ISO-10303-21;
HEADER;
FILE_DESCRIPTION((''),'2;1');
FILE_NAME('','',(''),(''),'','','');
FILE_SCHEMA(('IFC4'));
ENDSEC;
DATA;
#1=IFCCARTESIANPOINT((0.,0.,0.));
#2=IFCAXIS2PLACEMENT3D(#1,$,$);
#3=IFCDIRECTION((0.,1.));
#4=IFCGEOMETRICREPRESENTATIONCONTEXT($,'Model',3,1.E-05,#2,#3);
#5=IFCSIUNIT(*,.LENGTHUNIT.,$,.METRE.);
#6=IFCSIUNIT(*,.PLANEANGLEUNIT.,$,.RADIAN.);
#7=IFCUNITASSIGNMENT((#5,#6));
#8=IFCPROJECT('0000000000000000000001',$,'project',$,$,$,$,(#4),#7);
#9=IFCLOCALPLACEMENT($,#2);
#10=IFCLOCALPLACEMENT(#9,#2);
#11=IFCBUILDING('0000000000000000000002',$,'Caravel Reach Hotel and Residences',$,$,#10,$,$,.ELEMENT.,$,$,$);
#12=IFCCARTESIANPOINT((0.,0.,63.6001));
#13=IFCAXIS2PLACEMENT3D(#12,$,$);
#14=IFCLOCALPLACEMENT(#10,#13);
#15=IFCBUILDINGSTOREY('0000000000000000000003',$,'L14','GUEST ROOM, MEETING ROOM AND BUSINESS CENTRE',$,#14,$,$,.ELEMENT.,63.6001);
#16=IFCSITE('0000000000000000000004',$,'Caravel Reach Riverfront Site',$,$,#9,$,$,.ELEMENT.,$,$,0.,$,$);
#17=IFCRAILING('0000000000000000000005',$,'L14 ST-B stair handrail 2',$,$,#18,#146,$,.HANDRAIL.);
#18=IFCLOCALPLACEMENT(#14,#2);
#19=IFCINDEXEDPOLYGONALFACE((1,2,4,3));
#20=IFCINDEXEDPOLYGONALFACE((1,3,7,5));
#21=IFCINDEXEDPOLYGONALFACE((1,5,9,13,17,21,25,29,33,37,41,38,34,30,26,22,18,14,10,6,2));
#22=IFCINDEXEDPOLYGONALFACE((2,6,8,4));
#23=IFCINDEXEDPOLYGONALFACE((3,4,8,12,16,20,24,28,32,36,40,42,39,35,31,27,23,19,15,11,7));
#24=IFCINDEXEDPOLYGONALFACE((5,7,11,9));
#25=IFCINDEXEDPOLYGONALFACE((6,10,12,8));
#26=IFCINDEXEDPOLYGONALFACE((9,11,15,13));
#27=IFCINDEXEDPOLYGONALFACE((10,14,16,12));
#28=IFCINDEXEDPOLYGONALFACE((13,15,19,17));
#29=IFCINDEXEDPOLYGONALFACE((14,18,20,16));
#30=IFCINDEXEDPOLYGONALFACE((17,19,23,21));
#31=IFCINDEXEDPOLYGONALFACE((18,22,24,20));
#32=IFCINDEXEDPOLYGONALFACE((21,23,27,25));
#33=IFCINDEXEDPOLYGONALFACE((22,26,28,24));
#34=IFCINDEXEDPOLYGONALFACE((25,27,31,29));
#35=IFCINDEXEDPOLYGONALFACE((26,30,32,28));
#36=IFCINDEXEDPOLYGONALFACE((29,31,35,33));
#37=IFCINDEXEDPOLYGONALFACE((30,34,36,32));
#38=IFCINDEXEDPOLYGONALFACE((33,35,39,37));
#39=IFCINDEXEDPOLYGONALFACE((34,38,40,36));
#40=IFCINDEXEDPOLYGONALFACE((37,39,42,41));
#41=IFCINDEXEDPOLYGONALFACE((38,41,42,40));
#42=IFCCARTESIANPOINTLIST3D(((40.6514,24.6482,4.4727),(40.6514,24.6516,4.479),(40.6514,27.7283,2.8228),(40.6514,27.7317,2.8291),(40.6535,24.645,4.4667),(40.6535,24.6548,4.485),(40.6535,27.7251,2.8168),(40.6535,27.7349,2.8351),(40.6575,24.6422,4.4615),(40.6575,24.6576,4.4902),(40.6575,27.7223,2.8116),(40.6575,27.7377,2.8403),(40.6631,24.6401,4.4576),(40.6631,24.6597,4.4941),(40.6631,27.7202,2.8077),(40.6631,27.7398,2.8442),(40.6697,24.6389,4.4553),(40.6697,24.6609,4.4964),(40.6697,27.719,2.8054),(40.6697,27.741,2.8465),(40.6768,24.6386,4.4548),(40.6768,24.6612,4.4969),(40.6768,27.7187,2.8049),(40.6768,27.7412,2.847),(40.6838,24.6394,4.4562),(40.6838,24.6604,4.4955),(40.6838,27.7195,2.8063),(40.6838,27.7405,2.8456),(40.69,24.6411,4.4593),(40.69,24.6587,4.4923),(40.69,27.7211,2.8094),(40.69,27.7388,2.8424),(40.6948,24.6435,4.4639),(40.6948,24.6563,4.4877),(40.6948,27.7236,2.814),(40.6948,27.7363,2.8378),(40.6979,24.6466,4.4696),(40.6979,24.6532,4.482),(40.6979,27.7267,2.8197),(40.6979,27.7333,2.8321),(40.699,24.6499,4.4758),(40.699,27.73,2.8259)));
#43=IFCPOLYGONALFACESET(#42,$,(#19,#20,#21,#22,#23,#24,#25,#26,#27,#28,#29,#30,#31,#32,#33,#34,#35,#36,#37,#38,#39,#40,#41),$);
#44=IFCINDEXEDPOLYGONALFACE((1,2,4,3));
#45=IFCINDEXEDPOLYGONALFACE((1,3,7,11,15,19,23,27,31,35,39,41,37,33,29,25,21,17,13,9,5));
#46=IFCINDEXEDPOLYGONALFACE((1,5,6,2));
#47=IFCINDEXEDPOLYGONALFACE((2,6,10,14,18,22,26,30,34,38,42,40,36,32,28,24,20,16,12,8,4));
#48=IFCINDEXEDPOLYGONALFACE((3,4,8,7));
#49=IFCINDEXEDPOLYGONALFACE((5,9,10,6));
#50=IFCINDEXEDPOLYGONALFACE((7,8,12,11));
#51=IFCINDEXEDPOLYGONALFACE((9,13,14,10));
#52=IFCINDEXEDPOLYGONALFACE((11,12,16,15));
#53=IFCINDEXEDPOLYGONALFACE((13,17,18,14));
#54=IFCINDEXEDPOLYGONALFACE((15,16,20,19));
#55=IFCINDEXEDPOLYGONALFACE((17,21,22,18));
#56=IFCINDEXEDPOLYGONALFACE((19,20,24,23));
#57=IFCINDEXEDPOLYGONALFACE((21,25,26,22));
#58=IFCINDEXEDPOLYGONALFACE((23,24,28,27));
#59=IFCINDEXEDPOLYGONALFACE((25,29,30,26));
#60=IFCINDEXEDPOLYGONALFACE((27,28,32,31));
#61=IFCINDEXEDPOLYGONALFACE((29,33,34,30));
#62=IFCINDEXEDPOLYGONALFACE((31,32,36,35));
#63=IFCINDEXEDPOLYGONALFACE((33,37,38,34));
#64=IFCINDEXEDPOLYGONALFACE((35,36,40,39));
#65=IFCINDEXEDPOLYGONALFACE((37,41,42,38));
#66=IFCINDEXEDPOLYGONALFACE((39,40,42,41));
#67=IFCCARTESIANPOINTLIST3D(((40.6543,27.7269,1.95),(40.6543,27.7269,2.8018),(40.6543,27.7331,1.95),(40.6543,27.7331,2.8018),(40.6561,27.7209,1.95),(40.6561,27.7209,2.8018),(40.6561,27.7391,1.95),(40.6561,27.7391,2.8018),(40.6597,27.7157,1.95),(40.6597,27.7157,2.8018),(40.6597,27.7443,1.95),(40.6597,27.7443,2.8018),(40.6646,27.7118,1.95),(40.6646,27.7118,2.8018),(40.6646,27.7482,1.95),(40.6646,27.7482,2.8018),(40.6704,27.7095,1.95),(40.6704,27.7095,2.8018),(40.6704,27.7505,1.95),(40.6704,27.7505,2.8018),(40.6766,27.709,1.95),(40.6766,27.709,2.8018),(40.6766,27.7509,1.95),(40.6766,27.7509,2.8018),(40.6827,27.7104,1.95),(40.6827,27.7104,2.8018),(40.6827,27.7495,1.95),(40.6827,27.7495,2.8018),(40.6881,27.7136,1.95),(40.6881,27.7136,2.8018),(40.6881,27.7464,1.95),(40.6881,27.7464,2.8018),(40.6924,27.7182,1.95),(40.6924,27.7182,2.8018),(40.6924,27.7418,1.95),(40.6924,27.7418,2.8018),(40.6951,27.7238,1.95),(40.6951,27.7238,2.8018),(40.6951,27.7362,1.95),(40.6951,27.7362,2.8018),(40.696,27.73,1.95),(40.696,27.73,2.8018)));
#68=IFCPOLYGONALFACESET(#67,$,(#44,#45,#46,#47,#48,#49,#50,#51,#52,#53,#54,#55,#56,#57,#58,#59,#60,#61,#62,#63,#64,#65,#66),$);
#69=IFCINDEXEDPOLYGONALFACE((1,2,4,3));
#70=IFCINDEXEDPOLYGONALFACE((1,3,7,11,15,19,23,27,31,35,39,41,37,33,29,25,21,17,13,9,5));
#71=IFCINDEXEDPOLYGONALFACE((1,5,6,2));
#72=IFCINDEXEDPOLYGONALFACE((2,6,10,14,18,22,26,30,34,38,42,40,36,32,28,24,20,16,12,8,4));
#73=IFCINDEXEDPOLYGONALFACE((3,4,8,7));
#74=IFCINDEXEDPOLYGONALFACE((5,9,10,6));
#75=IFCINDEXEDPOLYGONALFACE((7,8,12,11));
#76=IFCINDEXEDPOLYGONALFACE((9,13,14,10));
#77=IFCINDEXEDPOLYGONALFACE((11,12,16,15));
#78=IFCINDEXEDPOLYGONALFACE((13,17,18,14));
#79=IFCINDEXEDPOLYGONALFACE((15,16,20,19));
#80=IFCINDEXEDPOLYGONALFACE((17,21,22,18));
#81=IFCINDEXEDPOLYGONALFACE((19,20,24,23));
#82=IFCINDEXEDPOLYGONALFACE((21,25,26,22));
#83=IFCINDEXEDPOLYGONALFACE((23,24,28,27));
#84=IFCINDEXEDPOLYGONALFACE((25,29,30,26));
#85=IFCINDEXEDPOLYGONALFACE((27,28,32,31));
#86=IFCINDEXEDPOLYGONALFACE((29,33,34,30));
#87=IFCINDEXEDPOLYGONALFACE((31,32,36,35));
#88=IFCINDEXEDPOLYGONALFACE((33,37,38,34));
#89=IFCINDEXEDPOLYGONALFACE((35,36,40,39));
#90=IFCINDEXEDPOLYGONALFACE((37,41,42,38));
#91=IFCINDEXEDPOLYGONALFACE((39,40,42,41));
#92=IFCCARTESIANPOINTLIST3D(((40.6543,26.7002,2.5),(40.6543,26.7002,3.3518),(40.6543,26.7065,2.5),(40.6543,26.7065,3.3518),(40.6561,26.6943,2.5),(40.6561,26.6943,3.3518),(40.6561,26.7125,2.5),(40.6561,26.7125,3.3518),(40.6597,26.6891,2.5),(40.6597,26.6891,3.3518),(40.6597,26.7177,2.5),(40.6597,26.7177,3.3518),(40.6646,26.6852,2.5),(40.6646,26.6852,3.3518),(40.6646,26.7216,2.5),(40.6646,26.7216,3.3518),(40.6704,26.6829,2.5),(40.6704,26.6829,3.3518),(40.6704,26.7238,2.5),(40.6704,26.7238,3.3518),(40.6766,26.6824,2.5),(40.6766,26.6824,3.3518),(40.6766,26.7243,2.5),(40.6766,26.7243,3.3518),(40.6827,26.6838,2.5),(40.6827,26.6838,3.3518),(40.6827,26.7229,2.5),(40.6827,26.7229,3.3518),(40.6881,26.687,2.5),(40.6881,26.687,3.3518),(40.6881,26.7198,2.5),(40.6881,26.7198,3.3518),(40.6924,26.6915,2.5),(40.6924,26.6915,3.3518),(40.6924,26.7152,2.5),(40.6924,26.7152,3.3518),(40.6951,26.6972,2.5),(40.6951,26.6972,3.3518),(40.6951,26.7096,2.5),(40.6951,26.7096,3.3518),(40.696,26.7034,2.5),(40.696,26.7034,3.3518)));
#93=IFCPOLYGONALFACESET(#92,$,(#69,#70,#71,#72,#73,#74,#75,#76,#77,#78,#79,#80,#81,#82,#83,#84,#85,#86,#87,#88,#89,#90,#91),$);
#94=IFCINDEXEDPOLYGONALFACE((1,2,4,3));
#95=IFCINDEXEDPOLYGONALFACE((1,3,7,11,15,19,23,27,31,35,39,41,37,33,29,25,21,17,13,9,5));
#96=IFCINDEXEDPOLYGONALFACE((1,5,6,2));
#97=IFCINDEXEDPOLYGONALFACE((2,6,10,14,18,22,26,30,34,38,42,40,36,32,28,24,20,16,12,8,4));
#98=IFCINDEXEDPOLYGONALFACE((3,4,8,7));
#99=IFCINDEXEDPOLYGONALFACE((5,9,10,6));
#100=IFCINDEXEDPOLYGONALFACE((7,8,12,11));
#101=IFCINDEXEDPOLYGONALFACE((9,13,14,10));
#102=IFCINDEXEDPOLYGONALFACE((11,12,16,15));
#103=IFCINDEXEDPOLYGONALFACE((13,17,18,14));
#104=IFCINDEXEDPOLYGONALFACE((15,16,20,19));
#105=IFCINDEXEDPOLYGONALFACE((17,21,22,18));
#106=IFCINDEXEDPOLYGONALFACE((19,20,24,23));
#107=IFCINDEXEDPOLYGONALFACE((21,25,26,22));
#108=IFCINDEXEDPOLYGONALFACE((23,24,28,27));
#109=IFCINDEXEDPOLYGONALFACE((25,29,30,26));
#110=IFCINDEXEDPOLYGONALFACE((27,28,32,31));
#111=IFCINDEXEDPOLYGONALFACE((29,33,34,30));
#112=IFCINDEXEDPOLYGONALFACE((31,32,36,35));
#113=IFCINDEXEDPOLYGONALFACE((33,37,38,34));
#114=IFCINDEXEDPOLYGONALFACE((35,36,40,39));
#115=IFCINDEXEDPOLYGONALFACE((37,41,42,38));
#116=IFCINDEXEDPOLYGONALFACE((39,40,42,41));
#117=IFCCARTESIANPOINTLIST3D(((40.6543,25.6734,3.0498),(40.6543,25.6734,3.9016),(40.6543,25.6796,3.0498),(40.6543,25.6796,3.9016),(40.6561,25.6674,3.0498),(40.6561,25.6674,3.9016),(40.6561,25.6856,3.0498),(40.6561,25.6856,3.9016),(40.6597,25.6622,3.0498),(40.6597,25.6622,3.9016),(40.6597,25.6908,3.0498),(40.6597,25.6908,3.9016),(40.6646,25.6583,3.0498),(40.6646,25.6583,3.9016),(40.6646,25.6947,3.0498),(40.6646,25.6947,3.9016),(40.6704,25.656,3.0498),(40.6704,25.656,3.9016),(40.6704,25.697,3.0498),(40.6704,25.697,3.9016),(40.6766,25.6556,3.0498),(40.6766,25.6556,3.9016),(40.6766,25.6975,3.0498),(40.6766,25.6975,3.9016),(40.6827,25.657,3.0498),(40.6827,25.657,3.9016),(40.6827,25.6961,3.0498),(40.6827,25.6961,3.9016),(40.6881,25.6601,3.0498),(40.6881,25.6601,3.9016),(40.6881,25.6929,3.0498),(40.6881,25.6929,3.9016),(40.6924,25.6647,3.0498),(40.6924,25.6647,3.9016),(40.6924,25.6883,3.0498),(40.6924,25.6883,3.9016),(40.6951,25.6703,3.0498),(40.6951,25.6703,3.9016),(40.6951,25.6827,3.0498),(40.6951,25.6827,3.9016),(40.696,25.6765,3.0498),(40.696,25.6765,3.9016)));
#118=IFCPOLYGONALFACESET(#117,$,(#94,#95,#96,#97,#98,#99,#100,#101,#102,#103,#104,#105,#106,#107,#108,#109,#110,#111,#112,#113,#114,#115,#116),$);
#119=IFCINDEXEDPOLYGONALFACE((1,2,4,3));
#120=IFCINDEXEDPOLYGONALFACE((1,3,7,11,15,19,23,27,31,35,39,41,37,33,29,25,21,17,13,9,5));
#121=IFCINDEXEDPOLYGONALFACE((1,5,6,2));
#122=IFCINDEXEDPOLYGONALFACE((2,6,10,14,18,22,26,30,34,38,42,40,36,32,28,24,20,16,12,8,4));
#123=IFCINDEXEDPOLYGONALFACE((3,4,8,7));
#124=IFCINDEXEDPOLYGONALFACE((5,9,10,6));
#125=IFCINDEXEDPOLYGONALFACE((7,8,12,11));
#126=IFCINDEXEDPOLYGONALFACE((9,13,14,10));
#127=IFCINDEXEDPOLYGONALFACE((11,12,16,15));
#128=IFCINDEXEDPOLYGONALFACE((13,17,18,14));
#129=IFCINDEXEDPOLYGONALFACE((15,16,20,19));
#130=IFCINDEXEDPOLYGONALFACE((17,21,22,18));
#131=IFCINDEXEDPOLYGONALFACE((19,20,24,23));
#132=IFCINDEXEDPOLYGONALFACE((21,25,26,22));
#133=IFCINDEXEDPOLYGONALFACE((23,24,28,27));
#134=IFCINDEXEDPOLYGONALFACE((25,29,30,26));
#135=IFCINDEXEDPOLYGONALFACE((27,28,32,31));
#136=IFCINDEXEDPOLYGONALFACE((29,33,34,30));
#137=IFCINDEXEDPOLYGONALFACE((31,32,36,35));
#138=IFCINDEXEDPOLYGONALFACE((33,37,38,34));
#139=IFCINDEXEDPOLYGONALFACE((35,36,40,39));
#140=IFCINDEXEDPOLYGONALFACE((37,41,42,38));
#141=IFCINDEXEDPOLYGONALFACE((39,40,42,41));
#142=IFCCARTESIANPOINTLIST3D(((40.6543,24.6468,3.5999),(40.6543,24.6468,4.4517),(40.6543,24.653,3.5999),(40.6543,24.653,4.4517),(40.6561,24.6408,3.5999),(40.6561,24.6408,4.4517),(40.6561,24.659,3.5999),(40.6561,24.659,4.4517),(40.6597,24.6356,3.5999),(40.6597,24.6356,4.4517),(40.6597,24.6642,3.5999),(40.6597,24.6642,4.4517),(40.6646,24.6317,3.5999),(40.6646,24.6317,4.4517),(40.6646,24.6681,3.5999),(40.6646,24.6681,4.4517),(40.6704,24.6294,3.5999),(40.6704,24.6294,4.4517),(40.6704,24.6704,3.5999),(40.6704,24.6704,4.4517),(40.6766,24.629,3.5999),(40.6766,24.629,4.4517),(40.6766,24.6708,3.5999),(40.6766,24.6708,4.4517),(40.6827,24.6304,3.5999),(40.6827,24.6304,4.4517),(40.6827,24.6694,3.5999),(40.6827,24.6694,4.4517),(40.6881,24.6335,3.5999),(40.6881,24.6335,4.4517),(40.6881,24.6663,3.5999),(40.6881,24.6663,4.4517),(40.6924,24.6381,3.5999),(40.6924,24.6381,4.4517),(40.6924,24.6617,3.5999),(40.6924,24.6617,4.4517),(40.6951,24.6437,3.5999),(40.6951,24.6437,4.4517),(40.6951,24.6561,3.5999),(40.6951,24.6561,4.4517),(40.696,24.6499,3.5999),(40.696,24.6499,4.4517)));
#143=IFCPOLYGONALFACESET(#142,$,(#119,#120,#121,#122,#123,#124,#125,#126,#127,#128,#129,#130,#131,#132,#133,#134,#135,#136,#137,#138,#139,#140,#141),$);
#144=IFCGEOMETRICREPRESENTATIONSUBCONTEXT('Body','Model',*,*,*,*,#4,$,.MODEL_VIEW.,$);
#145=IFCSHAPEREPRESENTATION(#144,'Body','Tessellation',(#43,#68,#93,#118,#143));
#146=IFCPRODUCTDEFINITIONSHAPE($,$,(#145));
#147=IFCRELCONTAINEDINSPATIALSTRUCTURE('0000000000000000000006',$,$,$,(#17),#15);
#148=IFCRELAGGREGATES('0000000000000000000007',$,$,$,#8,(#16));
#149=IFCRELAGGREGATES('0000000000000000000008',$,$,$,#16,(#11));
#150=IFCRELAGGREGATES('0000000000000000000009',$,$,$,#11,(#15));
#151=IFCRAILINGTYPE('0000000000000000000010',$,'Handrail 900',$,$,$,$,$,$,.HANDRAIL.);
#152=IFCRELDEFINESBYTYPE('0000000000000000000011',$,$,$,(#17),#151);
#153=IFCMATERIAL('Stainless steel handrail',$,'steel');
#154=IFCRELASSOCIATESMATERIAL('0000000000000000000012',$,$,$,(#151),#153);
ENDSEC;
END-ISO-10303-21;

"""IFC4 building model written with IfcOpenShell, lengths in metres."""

from ifc_helpers import new_model, si_unit, direction, frame, origin, origin_2d, place, context, subcontext, project, spatial, circle, extrude, material, type_object, element, save


model = new_model("IFC4")

# Units and contexts
model_context = context("Model", 3, precision=1e-05, world=origin(), true_north=direction((0.0, 1.0)))
body_context = subcontext(model_context, "Body", "Model", "MODEL_VIEW")
ifc_project = project(units=[si_unit("LENGTHUNIT", "METRE"), si_unit("PLANEANGLEUNIT", "RADIAN")], contexts=[model_context])

# Site, building, storey
site_placement = place(None, origin())
site = spatial("IfcSite", under=ifc_project, at=site_placement, Name="Caravel Reach Riverfront Site", CompositionType="ELEMENT", RefElevation=0.0)
building_placement = place(site_placement, origin())
building = spatial("IfcBuilding", under=site, at=building_placement, Name="Caravel Reach Hotel and Residences", CompositionType="ELEMENT")
storey_placement = place(building_placement, frame((0.0, 0.0, 63.6001)))
storey = spatial("IfcBuildingStorey", under=building, at=storey_placement, Name="L14", Description="GUEST ROOM, MEETING ROOM AND BUSINESS CENTRE", CompositionType="ELEMENT", Elevation=63.6001)

# Railing
ifc_material_1 = material(Name="Stainless steel handrail", Category="steel")
railing_type_1 = type_object("IfcRailingType", Name="Handrail 900", PredefinedType="HANDRAIL", material=ifc_material_1)
railing_1_placement = place(storey_placement, frame((40.675, 27.73, 1.95)))
element("IfcRailing", 1, at=railing_1_placement, inside=storey, type_object=railing_type_1, Name="L14 ST-B stair handrail 2", PredefinedType="HANDRAIL", context=body_context, shape_type="SweptSolid", body=[
    extrude(circle(Radius=0.0239, at=origin_2d()), frame((0.0, 0.0, 0.876), z_axis=(0.0, -0.881497, 0.47219), x_axis=(1.0, 0.0, 0.0)), (0.0, 0.0, 1.0), 3.4941),
    extrude(circle(Radius=0.021, at=origin_2d()), origin(), (0.0, 0.0, 1.0), 0.8518),
    extrude(circle(Radius=0.021, at=origin_2d()), frame((0.0, -1.0266, 0.55)), (0.0, 0.0, 1.0), 0.8518),
    extrude(circle(Radius=0.021, at=origin_2d()), frame((0.0, -2.0535, 1.0999)), (0.0, 0.0, 1.0), 0.8518),
    extrude(circle(Radius=0.021, at=origin_2d()), frame((0.0, -3.0801, 1.6499)), (0.0, 0.0, 1.0), 0.8518),
])

save(model, "model.ifc")
